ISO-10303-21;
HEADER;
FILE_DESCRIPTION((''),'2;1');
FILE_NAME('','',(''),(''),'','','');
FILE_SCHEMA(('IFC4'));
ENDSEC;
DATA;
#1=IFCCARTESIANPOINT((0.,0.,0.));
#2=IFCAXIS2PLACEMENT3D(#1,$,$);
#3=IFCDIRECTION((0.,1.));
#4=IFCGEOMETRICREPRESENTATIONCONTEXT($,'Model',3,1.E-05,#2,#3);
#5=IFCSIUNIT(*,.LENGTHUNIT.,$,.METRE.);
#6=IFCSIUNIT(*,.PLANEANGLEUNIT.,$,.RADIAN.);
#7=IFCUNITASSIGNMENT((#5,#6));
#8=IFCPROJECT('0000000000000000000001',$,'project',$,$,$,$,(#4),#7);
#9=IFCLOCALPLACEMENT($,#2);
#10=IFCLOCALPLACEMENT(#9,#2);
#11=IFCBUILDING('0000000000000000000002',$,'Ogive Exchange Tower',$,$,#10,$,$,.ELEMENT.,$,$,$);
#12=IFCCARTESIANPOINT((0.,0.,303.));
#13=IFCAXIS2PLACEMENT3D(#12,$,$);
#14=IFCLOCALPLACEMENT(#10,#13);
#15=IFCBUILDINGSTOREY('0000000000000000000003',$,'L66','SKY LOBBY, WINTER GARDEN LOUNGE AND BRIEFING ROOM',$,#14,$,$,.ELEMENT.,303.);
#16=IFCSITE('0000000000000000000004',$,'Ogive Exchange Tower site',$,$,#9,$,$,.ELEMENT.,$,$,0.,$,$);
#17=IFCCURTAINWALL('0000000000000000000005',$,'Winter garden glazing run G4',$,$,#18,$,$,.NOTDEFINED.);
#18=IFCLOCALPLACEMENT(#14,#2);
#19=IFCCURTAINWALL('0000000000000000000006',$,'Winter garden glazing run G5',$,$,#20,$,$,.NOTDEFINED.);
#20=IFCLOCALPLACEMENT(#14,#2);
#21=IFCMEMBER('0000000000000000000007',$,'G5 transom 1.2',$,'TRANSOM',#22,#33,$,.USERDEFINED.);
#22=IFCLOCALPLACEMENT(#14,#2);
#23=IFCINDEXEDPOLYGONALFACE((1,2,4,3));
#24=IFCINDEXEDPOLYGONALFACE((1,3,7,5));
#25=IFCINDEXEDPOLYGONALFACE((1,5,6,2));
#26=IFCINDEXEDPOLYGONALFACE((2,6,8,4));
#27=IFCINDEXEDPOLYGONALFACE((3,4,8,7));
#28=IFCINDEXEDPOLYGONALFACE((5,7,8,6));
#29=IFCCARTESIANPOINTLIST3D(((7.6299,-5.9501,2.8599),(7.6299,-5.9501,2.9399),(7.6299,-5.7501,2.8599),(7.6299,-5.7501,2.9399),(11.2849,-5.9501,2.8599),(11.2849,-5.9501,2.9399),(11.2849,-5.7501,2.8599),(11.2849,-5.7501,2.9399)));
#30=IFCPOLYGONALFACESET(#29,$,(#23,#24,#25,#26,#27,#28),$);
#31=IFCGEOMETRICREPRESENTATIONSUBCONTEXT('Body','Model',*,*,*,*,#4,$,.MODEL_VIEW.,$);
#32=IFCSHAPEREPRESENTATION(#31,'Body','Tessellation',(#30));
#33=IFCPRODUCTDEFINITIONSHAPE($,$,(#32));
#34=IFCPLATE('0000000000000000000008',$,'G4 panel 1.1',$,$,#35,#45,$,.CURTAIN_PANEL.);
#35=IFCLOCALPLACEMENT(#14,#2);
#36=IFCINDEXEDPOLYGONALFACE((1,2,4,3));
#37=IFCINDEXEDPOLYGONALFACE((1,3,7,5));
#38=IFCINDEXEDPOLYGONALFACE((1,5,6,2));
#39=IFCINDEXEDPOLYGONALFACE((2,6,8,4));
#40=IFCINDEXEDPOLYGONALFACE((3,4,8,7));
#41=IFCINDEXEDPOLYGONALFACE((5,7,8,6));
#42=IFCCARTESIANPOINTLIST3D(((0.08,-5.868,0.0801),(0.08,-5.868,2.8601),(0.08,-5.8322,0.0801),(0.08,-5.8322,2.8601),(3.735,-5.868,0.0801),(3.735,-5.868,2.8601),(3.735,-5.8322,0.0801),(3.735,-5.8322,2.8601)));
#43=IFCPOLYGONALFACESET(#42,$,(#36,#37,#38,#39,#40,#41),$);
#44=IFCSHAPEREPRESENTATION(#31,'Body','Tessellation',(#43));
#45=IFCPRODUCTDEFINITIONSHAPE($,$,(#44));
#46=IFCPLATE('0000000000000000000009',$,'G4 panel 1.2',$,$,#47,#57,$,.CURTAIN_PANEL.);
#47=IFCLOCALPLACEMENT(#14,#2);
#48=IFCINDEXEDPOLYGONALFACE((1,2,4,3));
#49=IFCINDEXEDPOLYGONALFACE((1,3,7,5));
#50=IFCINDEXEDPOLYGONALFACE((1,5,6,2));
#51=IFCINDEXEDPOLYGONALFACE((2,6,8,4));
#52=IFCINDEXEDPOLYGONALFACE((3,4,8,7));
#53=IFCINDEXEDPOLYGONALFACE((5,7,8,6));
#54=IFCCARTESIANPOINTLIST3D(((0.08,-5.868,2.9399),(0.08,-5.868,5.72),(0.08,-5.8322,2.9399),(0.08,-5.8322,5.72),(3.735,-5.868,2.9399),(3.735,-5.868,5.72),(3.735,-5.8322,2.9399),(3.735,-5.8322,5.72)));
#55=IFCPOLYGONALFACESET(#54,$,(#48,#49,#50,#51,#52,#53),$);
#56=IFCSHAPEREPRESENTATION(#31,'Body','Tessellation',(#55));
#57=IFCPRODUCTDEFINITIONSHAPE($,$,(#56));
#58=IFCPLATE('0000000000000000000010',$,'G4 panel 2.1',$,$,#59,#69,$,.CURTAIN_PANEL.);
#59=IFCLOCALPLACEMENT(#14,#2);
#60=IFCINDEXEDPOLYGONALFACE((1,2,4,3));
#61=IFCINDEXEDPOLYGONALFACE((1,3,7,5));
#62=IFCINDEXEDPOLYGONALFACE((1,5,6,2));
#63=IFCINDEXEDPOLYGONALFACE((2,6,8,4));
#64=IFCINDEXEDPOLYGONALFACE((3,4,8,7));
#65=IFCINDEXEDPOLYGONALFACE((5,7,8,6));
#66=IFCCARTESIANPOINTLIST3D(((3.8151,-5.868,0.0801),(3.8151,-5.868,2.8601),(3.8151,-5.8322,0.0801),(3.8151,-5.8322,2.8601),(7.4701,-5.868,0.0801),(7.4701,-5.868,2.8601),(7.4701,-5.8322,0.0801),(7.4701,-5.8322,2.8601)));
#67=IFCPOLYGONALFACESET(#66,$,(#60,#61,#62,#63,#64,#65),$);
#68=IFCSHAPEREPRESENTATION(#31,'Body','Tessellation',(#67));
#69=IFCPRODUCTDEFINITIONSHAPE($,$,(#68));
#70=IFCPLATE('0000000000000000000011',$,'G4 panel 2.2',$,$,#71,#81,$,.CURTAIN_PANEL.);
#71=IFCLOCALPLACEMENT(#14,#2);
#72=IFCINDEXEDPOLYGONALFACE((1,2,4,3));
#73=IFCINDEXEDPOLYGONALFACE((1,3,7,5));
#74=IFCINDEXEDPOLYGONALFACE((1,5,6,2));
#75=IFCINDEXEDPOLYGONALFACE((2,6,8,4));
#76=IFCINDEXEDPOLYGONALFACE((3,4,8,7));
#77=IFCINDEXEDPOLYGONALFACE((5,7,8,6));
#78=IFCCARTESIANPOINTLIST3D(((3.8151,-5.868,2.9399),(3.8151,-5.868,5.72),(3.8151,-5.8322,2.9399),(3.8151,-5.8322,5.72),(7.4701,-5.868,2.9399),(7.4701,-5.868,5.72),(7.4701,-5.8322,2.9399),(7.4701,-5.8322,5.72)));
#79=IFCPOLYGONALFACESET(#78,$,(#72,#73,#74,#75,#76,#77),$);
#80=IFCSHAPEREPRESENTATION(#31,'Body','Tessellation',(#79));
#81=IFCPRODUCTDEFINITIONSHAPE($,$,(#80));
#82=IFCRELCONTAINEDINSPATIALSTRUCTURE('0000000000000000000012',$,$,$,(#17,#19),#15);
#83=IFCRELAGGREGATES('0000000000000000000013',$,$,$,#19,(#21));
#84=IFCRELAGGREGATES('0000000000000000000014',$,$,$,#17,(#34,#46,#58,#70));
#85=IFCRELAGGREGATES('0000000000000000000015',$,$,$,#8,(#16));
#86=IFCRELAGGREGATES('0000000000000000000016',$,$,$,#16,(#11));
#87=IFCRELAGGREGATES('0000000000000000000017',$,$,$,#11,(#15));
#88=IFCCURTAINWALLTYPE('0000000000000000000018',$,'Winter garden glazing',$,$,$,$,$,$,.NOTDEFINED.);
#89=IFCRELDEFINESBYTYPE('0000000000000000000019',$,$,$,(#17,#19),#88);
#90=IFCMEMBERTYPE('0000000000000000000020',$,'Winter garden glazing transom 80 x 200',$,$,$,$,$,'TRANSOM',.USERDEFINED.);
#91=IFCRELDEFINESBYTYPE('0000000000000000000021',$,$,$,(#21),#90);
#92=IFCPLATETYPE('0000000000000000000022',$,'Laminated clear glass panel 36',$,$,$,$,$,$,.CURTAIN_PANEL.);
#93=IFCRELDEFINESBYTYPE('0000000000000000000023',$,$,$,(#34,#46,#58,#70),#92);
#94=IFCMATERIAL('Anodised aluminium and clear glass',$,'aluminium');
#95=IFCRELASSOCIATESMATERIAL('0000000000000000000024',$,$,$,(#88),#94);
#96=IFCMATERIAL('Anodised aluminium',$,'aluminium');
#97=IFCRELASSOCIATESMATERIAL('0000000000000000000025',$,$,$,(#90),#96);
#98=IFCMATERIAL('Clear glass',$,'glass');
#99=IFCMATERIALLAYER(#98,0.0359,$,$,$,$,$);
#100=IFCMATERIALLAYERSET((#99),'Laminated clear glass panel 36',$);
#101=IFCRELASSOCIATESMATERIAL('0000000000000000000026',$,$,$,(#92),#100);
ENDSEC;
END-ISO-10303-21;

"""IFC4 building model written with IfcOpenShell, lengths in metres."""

from ifc_helpers import new_model, si_unit, direction, frame, origin, origin_2d, place, context, subcontext, project, spatial, rectangle, extrude, material, layer, layer_set, material_profile, profile_set, type_object, element, aggregate, save


model = new_model("IFC4")

# Units and contexts
model_context = context("Model", 3, precision=1e-05, world=origin(), true_north=direction((0.0, 1.0)))
body_context = subcontext(model_context, "Body", "Model", "MODEL_VIEW")
ifc_project = project(units=[si_unit("LENGTHUNIT", "METRE"), si_unit("PLANEANGLEUNIT", "RADIAN")], contexts=[model_context])

# Site, building, storey
site_placement = place(None, origin())
site = spatial("IfcSite", under=ifc_project, at=site_placement, Name="Ogive Exchange Tower site", CompositionType="ELEMENT", RefElevation=0.0)
building_placement = place(site_placement, origin())
building = spatial("IfcBuilding", under=site, at=building_placement, Name="Ogive Exchange Tower", CompositionType="ELEMENT")
storey_placement = place(building_placement, frame((0.0, 0.0, 303.0)))
storey = spatial("IfcBuildingStorey", under=building, at=storey_placement, Name="L66", Description="SKY LOBBY, WINTER GARDEN LOUNGE AND BRIEFING ROOM", CompositionType="ELEMENT", Elevation=303.0)

# Curtain wall
ifc_material_1 = material(Name="Anodised aluminium and clear glass", Category="aluminium")
curtain_wall_type = type_object("IfcCurtainWallType", Name="Winter garden glazing", PredefinedType="NOTDEFINED", material=ifc_material_1)
curtain_wall_1_placement = place(storey_placement, origin())
curtain_wall_1 = element("IfcCurtainWall", 1, at=curtain_wall_1_placement, inside=storey, type_object=curtain_wall_type, Name="Winter garden glazing run G4", PredefinedType="NOTDEFINED")
ifc_material_2 = material(Name="Anodised aluminium", Category="aluminium")

# Curtain wall
curtain_wall_2_placement = place(storey_placement, origin())
curtain_wall_2 = element("IfcCurtainWall", 2, at=curtain_wall_2_placement, inside=storey, type_object=curtain_wall_type, Name="Winter garden glazing run G5", PredefinedType="NOTDEFINED")

# Member
ifc_material_profile_1 = material_profile(ifc_material_2, rectangle(XDim=0.2, YDim=0.0801, at=origin_2d()), Name="AL 80x200")
ifc_profile_set_1 = profile_set([ifc_material_profile_1], Name="Anodised aluminium")
member_type_1 = type_object("IfcMemberType", Name="Winter garden glazing transom 80 x 200", ElementType="TRANSOM", PredefinedType="USERDEFINED", material=ifc_profile_set_1)
member_1_placement = place(storey_placement, frame((7.6299, -5.8501, 2.8999), z_axis=(1.0, 0.0, 0.0), x_axis=(0.0, 1.0, 0.0)))
member_1 = element("IfcMember", 3, at=member_1_placement, type_object=member_type_1, Name="G5 transom 1.2", ObjectType="TRANSOM", PredefinedType="USERDEFINED", context=body_context, shape_type="SweptSolid", body=[
    extrude(rectangle(XDim=0.2, YDim=0.0801, at=origin_2d()), origin(), (0.0, 0.0, 1.0), 3.655),
])
aggregate(curtain_wall_2, [member_1])

# Plates
ifc_material_3 = material(Name="Clear glass", Category="glass")
ifc_layer = layer(ifc_material_3, 0.0359)
ifc_layer_set = layer_set([ifc_layer], Name="Laminated clear glass panel 36")
plate_type = type_object("IfcPlateType", Name="Laminated clear glass panel 36", PredefinedType="CURTAIN_PANEL", material=ifc_layer_set)
plate_1_placement = place(storey_placement, frame((1.9075, -5.8501, 0.0801), z_axis=(0.0, 0.0, 1.0), x_axis=(1.0, 0.0, 0.0)))
plate_1 = element("IfcPlate", 4, at=plate_1_placement, type_object=plate_type, Name="G4 panel 1.1", PredefinedType="CURTAIN_PANEL", context=body_context, shape_type="SweptSolid", body=[
    extrude(rectangle(XDim=3.655, YDim=0.0359, at=origin_2d()), origin(), (0.0, 0.0, 1.0), 2.78),
])
plate_2_placement = place(storey_placement, frame((1.9075, -5.8501, 2.9399), z_axis=(0.0, 0.0, 1.0), x_axis=(1.0, 0.0, 0.0)))
plate_2 = element("IfcPlate", 5, at=plate_2_placement, type_object=plate_type, Name="G4 panel 1.2", PredefinedType="CURTAIN_PANEL", context=body_context, shape_type="SweptSolid", body=[
    extrude(rectangle(XDim=3.655, YDim=0.0359, at=origin_2d()), origin(), (0.0, 0.0, 1.0), 2.78),
])
plate_3_placement = place(storey_placement, frame((5.6426, -5.8501, 0.0801), z_axis=(0.0, 0.0, 1.0), x_axis=(1.0, 0.0, 0.0)))
plate_3 = element("IfcPlate", 6, at=plate_3_placement, type_object=plate_type, Name="G4 panel 2.1", PredefinedType="CURTAIN_PANEL", context=body_context, shape_type="SweptSolid", body=[
    extrude(rectangle(XDim=3.655, YDim=0.0359, at=origin_2d()), origin(), (0.0, 0.0, 1.0), 2.78),
])
plate_4_placement = place(storey_placement, frame((5.6426, -5.8501, 2.9399), z_axis=(0.0, 0.0, 1.0), x_axis=(1.0, 0.0, 0.0)))
plate_4 = element("IfcPlate", 7, at=plate_4_placement, type_object=plate_type, Name="G4 panel 2.2", PredefinedType="CURTAIN_PANEL", context=body_context, shape_type="SweptSolid", body=[
    extrude(rectangle(XDim=3.655, YDim=0.0359, at=origin_2d()), origin(), (0.0, 0.0, 1.0), 2.78),
])
aggregate(curtain_wall_1, [plate_1, plate_2, plate_3, plate_4])

save(model, "model.ifc")
